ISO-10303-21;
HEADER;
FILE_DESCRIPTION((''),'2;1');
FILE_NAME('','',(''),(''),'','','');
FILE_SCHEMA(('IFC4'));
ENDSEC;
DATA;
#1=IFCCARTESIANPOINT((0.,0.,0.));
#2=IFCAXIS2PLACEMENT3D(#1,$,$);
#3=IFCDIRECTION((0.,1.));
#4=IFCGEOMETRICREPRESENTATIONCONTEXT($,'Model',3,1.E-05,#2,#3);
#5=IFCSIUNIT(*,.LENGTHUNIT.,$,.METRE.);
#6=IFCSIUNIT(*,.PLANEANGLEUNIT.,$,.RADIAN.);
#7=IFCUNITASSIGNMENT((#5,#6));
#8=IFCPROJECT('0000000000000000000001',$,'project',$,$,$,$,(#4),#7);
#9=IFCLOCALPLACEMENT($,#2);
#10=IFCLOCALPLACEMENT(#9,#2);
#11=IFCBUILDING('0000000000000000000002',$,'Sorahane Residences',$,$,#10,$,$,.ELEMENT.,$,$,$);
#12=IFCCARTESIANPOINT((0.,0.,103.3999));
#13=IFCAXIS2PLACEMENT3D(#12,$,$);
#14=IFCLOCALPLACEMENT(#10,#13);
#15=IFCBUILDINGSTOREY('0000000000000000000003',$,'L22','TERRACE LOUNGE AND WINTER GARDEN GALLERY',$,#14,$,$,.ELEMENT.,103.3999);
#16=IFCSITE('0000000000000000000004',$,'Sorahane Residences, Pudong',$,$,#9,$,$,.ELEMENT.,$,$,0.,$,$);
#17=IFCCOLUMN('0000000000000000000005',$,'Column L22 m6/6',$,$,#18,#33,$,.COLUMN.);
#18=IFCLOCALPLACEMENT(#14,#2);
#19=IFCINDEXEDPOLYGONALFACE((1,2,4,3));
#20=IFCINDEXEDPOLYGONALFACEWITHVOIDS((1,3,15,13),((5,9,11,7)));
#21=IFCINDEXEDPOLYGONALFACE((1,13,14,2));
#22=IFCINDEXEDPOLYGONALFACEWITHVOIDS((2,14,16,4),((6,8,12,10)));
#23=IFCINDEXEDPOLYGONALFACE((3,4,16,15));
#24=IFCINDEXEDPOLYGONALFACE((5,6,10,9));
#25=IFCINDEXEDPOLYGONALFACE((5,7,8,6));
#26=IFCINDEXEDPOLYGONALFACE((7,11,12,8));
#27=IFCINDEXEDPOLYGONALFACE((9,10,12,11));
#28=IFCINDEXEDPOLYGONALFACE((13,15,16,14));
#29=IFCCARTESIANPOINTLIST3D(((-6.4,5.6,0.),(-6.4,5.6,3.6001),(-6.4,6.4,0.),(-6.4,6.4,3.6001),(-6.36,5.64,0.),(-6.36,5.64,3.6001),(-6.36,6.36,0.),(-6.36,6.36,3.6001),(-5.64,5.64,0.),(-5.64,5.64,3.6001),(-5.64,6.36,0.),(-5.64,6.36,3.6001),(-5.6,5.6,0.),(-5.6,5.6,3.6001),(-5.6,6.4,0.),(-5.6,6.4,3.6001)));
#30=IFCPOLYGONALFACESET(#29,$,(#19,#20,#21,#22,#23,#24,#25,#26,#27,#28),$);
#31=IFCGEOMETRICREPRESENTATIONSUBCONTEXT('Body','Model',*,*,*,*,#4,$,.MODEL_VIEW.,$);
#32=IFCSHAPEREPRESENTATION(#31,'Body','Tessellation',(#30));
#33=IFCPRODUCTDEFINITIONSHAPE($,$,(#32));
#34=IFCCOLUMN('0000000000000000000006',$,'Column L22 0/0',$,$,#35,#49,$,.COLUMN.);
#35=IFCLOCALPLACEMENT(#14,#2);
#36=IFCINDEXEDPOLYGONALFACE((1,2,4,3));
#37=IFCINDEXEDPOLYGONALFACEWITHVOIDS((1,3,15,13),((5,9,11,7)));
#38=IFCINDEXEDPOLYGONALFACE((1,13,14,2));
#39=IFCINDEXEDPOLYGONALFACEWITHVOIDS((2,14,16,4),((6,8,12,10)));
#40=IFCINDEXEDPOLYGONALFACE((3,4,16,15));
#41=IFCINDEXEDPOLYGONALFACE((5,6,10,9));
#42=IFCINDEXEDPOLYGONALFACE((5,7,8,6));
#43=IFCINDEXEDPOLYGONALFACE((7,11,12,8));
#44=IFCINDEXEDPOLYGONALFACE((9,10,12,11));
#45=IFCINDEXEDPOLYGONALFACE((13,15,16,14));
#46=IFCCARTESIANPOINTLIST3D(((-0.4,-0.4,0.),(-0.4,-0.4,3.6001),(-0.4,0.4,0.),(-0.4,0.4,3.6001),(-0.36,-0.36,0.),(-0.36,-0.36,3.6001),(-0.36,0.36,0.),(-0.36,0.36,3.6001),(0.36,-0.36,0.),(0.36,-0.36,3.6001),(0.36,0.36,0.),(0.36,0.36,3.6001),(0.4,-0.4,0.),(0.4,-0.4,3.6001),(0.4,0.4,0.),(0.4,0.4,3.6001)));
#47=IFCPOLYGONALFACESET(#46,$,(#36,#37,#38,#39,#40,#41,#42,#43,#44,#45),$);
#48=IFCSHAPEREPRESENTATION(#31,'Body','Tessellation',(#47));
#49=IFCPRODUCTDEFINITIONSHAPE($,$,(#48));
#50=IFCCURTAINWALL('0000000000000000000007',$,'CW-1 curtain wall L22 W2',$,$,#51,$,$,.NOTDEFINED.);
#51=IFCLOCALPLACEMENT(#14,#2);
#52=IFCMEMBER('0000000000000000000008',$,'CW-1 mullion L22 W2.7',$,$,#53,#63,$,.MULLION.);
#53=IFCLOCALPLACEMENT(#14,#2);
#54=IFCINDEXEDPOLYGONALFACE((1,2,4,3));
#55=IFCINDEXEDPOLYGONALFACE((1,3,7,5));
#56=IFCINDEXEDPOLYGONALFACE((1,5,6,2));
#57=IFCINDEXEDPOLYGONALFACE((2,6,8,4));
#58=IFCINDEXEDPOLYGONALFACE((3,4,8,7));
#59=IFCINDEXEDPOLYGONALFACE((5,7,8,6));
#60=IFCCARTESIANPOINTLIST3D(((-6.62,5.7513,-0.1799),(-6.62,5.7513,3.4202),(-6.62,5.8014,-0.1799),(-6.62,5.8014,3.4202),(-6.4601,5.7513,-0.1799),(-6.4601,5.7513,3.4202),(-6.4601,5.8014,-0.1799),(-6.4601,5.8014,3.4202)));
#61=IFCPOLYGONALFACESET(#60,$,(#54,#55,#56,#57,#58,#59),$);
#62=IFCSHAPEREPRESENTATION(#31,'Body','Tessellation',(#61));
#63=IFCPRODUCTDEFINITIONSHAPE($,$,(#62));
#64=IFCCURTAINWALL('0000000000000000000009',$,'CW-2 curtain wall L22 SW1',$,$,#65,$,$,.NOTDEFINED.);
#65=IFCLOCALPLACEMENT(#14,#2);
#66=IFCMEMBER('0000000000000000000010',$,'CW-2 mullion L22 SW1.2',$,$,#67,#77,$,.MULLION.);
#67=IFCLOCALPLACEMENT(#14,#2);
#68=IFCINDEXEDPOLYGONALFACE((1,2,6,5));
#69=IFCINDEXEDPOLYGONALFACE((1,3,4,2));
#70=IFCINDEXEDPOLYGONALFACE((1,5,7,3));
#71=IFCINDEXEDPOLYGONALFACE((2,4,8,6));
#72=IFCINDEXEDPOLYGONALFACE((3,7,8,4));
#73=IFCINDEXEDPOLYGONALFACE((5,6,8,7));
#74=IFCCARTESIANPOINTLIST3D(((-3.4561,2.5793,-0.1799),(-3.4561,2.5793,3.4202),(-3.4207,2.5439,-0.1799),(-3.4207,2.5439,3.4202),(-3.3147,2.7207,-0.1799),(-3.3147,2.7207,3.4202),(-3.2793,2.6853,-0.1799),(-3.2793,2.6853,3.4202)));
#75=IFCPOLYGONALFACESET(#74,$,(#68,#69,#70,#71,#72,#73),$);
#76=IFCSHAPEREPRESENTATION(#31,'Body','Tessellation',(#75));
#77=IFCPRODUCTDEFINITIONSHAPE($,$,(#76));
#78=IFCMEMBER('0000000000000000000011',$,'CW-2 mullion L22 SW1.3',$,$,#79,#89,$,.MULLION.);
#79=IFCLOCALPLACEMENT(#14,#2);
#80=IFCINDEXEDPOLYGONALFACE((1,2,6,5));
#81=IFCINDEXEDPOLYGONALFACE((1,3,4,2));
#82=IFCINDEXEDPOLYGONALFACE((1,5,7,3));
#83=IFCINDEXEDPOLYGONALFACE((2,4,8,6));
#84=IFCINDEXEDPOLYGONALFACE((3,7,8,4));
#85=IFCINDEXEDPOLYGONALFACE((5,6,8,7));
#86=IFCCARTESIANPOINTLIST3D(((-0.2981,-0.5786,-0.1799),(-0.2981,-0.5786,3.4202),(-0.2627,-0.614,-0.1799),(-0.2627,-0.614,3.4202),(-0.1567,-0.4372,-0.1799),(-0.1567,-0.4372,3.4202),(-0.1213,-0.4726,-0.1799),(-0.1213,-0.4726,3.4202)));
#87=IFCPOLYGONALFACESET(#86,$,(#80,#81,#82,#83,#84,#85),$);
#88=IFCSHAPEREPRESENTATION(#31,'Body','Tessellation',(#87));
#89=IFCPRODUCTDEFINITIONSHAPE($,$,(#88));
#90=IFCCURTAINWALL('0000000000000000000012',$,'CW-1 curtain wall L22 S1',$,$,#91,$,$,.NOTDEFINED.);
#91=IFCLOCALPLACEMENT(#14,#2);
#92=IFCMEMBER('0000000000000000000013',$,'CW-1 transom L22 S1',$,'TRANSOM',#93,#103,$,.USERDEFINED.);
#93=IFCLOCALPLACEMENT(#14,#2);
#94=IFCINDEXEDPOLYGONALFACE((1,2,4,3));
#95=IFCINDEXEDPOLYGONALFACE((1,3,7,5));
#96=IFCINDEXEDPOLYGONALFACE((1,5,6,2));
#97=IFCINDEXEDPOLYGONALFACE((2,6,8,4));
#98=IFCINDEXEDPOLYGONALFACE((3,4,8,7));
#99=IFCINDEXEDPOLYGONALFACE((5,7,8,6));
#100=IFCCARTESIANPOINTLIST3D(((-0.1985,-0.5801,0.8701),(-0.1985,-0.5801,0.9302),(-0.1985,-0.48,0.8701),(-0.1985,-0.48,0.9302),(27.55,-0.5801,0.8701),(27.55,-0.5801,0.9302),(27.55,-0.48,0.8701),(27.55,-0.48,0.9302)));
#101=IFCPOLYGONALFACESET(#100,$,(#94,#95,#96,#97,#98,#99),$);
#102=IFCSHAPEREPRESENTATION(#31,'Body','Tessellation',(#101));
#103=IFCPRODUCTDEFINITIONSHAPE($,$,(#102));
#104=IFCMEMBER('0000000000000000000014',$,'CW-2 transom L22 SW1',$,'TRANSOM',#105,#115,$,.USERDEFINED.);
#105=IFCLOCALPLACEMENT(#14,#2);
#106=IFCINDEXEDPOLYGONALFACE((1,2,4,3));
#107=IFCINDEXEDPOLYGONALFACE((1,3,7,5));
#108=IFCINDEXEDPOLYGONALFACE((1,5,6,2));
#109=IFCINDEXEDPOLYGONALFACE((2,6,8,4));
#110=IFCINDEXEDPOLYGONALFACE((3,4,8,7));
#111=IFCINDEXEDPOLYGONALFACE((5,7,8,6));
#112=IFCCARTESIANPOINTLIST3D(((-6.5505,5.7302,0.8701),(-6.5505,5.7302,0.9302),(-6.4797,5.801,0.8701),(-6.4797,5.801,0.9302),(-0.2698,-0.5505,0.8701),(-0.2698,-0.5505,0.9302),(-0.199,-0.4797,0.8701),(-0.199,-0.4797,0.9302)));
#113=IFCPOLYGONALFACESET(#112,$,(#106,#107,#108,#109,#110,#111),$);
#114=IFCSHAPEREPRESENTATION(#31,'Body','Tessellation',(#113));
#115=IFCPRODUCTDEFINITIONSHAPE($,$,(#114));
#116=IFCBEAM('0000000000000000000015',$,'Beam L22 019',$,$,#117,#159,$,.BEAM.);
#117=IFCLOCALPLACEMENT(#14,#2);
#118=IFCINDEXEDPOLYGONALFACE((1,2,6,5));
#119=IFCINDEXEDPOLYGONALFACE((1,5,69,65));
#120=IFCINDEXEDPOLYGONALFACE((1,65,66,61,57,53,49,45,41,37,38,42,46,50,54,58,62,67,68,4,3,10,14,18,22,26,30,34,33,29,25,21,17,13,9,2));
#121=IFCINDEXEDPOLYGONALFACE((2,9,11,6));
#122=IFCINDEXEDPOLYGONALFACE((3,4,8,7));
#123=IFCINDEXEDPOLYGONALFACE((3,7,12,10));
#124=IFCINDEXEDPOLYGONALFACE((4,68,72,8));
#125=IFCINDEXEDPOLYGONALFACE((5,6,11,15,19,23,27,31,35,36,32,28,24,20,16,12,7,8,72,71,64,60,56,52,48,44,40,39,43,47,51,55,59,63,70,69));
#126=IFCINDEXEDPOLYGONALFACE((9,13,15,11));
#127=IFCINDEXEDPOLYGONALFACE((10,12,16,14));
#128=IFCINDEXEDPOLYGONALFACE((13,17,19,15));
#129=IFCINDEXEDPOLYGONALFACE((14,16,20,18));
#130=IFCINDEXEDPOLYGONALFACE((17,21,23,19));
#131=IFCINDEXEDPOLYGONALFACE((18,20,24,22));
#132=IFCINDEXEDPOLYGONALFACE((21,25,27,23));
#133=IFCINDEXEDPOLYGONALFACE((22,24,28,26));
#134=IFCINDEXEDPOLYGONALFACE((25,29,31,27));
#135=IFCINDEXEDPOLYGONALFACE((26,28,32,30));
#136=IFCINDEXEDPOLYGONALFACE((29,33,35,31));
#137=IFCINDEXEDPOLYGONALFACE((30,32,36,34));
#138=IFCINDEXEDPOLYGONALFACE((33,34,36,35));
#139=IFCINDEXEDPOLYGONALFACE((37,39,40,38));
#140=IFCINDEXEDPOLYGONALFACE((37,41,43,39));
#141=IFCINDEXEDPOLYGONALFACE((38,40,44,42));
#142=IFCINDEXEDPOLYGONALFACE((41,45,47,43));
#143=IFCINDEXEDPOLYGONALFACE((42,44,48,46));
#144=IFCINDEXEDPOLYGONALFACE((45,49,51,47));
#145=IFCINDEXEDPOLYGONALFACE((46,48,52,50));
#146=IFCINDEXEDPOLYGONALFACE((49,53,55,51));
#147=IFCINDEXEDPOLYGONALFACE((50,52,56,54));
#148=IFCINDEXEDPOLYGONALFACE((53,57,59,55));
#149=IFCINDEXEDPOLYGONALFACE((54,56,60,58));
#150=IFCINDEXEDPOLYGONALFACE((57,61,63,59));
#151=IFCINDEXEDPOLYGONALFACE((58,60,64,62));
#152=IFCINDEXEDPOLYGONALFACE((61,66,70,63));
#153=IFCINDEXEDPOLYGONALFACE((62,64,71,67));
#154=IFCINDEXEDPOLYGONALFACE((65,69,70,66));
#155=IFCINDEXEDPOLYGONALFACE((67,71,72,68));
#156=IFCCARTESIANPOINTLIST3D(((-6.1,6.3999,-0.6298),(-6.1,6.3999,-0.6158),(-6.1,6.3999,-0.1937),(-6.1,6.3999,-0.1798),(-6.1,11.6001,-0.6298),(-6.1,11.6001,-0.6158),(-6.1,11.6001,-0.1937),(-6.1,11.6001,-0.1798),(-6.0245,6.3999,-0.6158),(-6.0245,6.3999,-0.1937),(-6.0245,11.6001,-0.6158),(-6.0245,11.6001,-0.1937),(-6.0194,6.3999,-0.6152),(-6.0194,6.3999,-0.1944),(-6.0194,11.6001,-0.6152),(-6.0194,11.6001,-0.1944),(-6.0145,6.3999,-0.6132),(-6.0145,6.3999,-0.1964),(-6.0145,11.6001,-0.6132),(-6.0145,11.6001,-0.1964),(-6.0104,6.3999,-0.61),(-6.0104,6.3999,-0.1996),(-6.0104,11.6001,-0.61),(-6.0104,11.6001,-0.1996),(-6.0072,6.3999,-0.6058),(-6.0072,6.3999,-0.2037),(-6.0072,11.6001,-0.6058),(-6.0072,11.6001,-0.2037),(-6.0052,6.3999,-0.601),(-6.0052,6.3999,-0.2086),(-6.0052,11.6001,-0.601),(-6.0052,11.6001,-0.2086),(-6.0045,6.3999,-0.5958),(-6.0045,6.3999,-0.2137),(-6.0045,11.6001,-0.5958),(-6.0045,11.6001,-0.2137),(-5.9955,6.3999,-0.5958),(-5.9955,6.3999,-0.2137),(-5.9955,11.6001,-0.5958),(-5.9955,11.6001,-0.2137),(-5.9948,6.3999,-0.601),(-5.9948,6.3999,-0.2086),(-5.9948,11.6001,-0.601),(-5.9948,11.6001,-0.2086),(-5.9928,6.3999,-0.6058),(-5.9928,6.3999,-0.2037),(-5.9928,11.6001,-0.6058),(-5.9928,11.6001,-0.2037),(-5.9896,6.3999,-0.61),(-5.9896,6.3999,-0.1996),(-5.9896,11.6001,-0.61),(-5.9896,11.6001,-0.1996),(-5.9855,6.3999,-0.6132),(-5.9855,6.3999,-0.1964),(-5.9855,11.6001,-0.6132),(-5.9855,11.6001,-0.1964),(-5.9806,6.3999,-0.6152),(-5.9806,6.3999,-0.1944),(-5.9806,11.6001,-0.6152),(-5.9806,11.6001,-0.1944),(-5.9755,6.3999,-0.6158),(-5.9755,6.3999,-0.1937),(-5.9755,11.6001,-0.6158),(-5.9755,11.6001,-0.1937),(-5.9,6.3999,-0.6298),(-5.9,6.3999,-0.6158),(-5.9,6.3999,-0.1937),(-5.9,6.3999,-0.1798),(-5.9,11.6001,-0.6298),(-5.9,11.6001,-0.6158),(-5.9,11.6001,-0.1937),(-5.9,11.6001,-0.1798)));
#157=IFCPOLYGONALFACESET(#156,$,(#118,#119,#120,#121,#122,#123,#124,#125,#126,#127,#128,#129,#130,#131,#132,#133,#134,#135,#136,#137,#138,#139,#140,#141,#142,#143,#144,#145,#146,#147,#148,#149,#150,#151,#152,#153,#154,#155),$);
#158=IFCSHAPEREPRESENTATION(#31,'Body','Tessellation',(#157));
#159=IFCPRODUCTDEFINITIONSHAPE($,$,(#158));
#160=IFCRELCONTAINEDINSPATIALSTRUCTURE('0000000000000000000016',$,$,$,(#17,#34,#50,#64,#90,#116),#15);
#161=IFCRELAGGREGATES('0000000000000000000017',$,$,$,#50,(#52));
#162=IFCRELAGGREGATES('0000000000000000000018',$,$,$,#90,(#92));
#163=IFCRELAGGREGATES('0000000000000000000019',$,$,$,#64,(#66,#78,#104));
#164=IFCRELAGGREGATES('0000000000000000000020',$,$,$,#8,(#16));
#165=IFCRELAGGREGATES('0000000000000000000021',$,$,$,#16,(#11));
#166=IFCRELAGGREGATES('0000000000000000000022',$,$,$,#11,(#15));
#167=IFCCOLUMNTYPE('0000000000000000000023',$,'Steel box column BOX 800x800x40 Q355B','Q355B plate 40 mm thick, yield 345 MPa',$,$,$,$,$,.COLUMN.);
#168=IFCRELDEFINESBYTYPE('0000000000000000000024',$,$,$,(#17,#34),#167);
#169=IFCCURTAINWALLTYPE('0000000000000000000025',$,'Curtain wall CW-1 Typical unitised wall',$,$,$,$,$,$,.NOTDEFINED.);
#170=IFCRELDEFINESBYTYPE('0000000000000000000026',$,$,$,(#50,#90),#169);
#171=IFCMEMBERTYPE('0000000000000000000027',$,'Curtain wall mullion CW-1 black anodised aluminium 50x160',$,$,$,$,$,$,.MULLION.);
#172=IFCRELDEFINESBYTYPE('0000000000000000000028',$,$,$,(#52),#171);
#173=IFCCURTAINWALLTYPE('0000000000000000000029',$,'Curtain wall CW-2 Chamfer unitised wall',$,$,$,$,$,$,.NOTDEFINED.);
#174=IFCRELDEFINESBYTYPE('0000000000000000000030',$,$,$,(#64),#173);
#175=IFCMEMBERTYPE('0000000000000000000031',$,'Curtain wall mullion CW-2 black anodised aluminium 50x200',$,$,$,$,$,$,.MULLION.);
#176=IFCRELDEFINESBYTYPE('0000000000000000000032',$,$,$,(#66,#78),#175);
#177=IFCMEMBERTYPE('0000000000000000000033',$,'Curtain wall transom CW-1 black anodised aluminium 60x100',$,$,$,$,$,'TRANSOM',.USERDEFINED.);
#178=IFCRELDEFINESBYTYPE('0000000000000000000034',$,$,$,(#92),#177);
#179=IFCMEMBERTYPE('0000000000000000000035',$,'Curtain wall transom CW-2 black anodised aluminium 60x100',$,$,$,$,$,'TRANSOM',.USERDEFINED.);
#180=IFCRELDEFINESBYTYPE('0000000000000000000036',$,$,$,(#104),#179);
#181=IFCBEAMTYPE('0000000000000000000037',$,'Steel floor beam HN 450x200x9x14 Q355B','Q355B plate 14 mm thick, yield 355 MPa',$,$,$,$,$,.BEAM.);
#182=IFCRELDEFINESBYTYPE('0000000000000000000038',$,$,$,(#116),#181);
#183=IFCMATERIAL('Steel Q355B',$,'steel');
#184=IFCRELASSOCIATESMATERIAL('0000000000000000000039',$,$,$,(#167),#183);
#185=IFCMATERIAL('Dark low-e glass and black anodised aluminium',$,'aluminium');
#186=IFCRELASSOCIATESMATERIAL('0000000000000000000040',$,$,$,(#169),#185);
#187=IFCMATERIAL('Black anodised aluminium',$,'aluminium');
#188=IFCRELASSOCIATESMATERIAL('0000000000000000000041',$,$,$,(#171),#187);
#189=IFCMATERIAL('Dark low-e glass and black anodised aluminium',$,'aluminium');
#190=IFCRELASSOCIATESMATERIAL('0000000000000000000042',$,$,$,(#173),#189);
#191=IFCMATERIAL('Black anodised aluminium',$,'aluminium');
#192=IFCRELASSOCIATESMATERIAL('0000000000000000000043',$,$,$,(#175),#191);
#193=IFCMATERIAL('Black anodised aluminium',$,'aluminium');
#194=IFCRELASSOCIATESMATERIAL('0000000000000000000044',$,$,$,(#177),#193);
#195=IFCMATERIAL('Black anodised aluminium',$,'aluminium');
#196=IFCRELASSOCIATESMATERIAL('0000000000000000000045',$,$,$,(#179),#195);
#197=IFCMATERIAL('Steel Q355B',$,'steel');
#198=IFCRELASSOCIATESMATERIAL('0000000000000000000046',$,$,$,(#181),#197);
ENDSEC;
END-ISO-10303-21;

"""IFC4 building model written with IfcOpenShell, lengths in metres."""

from ifc_helpers import new_model, si_unit, direction, frame, origin, origin_2d, place, context, subcontext, project, spatial, rectangle, hollow_rectangle, i_section, extrude, material, material_profile, profile_set, type_object, element, aggregate, save


model = new_model("IFC4")

# Units and contexts
model_context = context("Model", 3, precision=1e-05, world=origin(), true_north=direction((0.0, 1.0)))
body_context = subcontext(model_context, "Body", "Model", "MODEL_VIEW")
ifc_project = project(units=[si_unit("LENGTHUNIT", "METRE"), si_unit("PLANEANGLEUNIT", "RADIAN")], contexts=[model_context])

# Site, building, storey
site_placement = place(None, origin())
site = spatial("IfcSite", under=ifc_project, at=site_placement, Name="Sorahane Residences, Pudong", CompositionType="ELEMENT", RefElevation=0.0)
building_placement = place(site_placement, origin())
building = spatial("IfcBuilding", under=site, at=building_placement, Name="Sorahane Residences", CompositionType="ELEMENT")
storey_placement = place(building_placement, frame((0.0, 0.0, 103.3999)))
storey = spatial("IfcBuildingStorey", under=building, at=storey_placement, Name="L22", Description="TERRACE LOUNGE AND WINTER GARDEN GALLERY", CompositionType="ELEMENT", Elevation=103.3999)

# Columns
ifc_material_1 = material(Name="Steel Q355B", Category="steel")
ifc_material_profile_1 = material_profile(ifc_material_1, hollow_rectangle(XDim=0.8, YDim=0.8, WallThickness=0.04, at=origin_2d()), Name="BOX 800x800x40")
ifc_profile_set_1 = profile_set([ifc_material_profile_1], Name="Steel Q355B")
column_type = type_object("IfcColumnType", Name="Steel box column BOX 800x800x40 Q355B", Description="Q355B plate 40 mm thick, yield 345 MPa", PredefinedType="COLUMN", material=ifc_profile_set_1)
for number, where, z_axis, x_axis, name in (
    (1, (-6.0, 6.0, 0.0), (0.0, 0.0, 1.0), (1.0, 0.0, 0.0), "Column L22 m6/6"),
    (2, (0.0, 0.0, 0.0), (0.0, 0.0, 1.0), (1.0, 0.0, 0.0), "Column L22 0/0"),
):
    element("IfcColumn", number, at=place(storey_placement, frame(where, z_axis=z_axis, x_axis=x_axis)), inside=storey, type_object=column_type, Name=name, PredefinedType="COLUMN", context=body_context, shape_type="SweptSolid", body=[
        extrude(hollow_rectangle(XDim=0.8, YDim=0.8, WallThickness=0.04, at=origin_2d()), origin(), (0.0, 0.0, 1.0), 3.6001),
    ])

# Curtain wall, member
ifc_material_2 = material(Name="Dark low-e glass and black anodised aluminium", Category="aluminium")
curtain_wall_type_1 = type_object("IfcCurtainWallType", Name="Curtain wall CW-1 Typical unitised wall", PredefinedType="NOTDEFINED", material=ifc_material_2)
curtain_wall_1_placement = place(storey_placement, origin())
curtain_wall_1 = element("IfcCurtainWall", 3, at=curtain_wall_1_placement, inside=storey, type_object=curtain_wall_type_1, Name="CW-1 curtain wall L22 W2", PredefinedType="NOTDEFINED")
ifc_material_3 = material(Name="Black anodised aluminium", Category="aluminium")
ifc_material_profile_2 = material_profile(ifc_material_3, rectangle(XDim=0.1599, YDim=0.05, at=origin_2d()), Name="Curtain wall mullion CW-1 black anodised aluminium 50x160")
ifc_profile_set_2 = profile_set([ifc_material_profile_2], Name="Black anodised aluminium")
member_type_1 = type_object("IfcMemberType", Name="Curtain wall mullion CW-1 black anodised aluminium 50x160", PredefinedType="MULLION", material=ifc_profile_set_2)
member_1_placement = place(storey_placement, frame((-6.54, 5.7764, -0.1799), z_axis=(0.0, 0.0, 1.0), x_axis=(-1.0, 0.0, 0.0)))
member_1 = element("IfcMember", 4, at=member_1_placement, type_object=member_type_1, Name="CW-1 mullion L22 W2.7", PredefinedType="MULLION", context=body_context, shape_type="SweptSolid", body=[
    extrude(rectangle(XDim=0.1599, YDim=0.05, at=origin_2d()), origin(), (0.0, 0.0, 1.0), 3.6001),
])
aggregate(curtain_wall_1, [member_1])

# Curtain wall, members
ifc_material_4 = material(Name="Dark low-e glass and black anodised aluminium", Category="aluminium")
curtain_wall_type_2 = type_object("IfcCurtainWallType", Name="Curtain wall CW-2 Chamfer unitised wall", PredefinedType="NOTDEFINED", material=ifc_material_4)
curtain_wall_2_placement = place(storey_placement, origin())
curtain_wall_2 = element("IfcCurtainWall", 5, at=curtain_wall_2_placement, inside=storey, type_object=curtain_wall_type_2, Name="CW-2 curtain wall L22 SW1", PredefinedType="NOTDEFINED")
ifc_material_5 = material(Name="Black anodised aluminium", Category="aluminium")
ifc_material_profile_3 = material_profile(ifc_material_5, rectangle(XDim=0.2, YDim=0.05, at=origin_2d()), Name="Curtain wall mullion CW-2 black anodised aluminium 50x200")
ifc_profile_set_3 = profile_set([ifc_material_profile_3], Name="Black anodised aluminium")
member_type_2 = type_object("IfcMemberType", Name="Curtain wall mullion CW-2 black anodised aluminium 50x200", PredefinedType="MULLION", material=ifc_profile_set_3)
member_2_placement = place(storey_placement, frame((-3.3677, 2.6323, -0.1799), z_axis=(0.0, 0.0, 1.0), x_axis=(-0.707107, -0.707107, 0.0)))
member_2 = element("IfcMember", 6, at=member_2_placement, type_object=member_type_2, Name="CW-2 mullion L22 SW1.2", PredefinedType="MULLION", context=body_context, shape_type="SweptSolid", body=[
    extrude(rectangle(XDim=0.2, YDim=0.05, at=origin_2d()), origin(), (0.0, 0.0, 1.0), 3.6001),
])
member_3_placement = place(storey_placement, frame((-0.2097, -0.5256, -0.1799), z_axis=(0.0, 0.0, 1.0), x_axis=(-0.707107, -0.707107, 0.0)))
member_3 = element("IfcMember", 7, at=member_3_placement, type_object=member_type_2, Name="CW-2 mullion L22 SW1.3", PredefinedType="MULLION", context=body_context, shape_type="SweptSolid", body=[
    extrude(rectangle(XDim=0.2, YDim=0.05, at=origin_2d()), origin(), (0.0, 0.0, 1.0), 3.6001),
])

# Curtain wall, member
curtain_wall_3_placement = place(storey_placement, origin())
curtain_wall_3 = element("IfcCurtainWall", 8, at=curtain_wall_3_placement, inside=storey, type_object=curtain_wall_type_1, Name="CW-1 curtain wall L22 S1", PredefinedType="NOTDEFINED")
ifc_material_6 = material(Name="Black anodised aluminium", Category="aluminium")
ifc_material_profile_4 = material_profile(ifc_material_6, rectangle(XDim=0.1001, YDim=0.0601, at=origin_2d()), Name="Curtain wall transom CW-1 black anodised aluminium 60x100")
ifc_profile_set_4 = profile_set([ifc_material_profile_4], Name="Black anodised aluminium")
member_type_3 = type_object("IfcMemberType", Name="Curtain wall transom CW-1 black anodised aluminium 60x100", ElementType="TRANSOM", PredefinedType="USERDEFINED", material=ifc_profile_set_4)
member_4_placement = place(storey_placement, frame((-0.1985, -0.53, 0.9001), z_axis=(1.0, 0.0, 0.0), x_axis=(0.0, 1.0, 0.0)))
member_4 = element("IfcMember", 9, at=member_4_placement, type_object=member_type_3, Name="CW-1 transom L22 S1", ObjectType="TRANSOM", PredefinedType="USERDEFINED", context=body_context, shape_type="SweptSolid", body=[
    extrude(rectangle(XDim=0.1001, YDim=0.0601, at=origin_2d()), origin(), (0.0, 0.0, 1.0), 27.7485),
])

# Member
ifc_material_7 = material(Name="Black anodised aluminium", Category="aluminium")
ifc_material_profile_5 = material_profile(ifc_material_7, rectangle(XDim=0.1001, YDim=0.0601, at=origin_2d()), Name="Curtain wall transom CW-2 black anodised aluminium 60x100")
ifc_profile_set_5 = profile_set([ifc_material_profile_5], Name="Black anodised aluminium")
member_type_4 = type_object("IfcMemberType", Name="Curtain wall transom CW-2 black anodised aluminium 60x100", ElementType="TRANSOM", PredefinedType="USERDEFINED", material=ifc_profile_set_5)
member_5_placement = place(storey_placement, frame((-6.5151, 5.7656, 0.9001), z_axis=(0.707107, -0.707107, 0.0), x_axis=(0.707107, 0.707107, 0.0)))
member_5 = element("IfcMember", 10, at=member_5_placement, type_object=member_type_4, Name="CW-2 transom L22 SW1", ObjectType="TRANSOM", PredefinedType="USERDEFINED", context=body_context, shape_type="SweptSolid", body=[
    extrude(rectangle(XDim=0.1001, YDim=0.0601, at=origin_2d()), origin(), (0.0, 0.0, 1.0), 8.8823),
])

# Beam
ifc_material_8 = material(Name="Steel Q355B", Category="steel")
ifc_material_profile_6 = material_profile(ifc_material_8, i_section(OverallWidth=0.2, OverallDepth=0.45, WebThickness=0.009, FlangeThickness=0.0139, FilletRadius=0.02, at=origin_2d()), Name="HN 450x200x9x14")
ifc_profile_set_6 = profile_set([ifc_material_profile_6], Name="Steel Q355B")
beam_type_1 = type_object("IfcBeamType", Name="Steel floor beam HN 450x200x9x14 Q355B", Description="Q355B plate 14 mm thick, yield 355 MPa", PredefinedType="BEAM", material=ifc_profile_set_6)
beam_1_placement = place(storey_placement, frame((-6.0, 6.3999, -0.4048), z_axis=(0.0, 1.0, 0.0), x_axis=(-1.0, 0.0, 0.0)))
element("IfcBeam", 11, at=beam_1_placement, inside=storey, type_object=beam_type_1, Name="Beam L22 019", PredefinedType="BEAM", context=body_context, shape_type="SweptSolid", body=[
    extrude(i_section(OverallWidth=0.2, OverallDepth=0.45, WebThickness=0.009, FlangeThickness=0.0139, FilletRadius=0.02, at=origin_2d()), origin(), (0.0, 0.0, 1.0), 5.2002),
])

aggregate(curtain_wall_3, [member_4])
aggregate(curtain_wall_2, [member_2, member_3, member_5])

save(model, "model.ifc")
